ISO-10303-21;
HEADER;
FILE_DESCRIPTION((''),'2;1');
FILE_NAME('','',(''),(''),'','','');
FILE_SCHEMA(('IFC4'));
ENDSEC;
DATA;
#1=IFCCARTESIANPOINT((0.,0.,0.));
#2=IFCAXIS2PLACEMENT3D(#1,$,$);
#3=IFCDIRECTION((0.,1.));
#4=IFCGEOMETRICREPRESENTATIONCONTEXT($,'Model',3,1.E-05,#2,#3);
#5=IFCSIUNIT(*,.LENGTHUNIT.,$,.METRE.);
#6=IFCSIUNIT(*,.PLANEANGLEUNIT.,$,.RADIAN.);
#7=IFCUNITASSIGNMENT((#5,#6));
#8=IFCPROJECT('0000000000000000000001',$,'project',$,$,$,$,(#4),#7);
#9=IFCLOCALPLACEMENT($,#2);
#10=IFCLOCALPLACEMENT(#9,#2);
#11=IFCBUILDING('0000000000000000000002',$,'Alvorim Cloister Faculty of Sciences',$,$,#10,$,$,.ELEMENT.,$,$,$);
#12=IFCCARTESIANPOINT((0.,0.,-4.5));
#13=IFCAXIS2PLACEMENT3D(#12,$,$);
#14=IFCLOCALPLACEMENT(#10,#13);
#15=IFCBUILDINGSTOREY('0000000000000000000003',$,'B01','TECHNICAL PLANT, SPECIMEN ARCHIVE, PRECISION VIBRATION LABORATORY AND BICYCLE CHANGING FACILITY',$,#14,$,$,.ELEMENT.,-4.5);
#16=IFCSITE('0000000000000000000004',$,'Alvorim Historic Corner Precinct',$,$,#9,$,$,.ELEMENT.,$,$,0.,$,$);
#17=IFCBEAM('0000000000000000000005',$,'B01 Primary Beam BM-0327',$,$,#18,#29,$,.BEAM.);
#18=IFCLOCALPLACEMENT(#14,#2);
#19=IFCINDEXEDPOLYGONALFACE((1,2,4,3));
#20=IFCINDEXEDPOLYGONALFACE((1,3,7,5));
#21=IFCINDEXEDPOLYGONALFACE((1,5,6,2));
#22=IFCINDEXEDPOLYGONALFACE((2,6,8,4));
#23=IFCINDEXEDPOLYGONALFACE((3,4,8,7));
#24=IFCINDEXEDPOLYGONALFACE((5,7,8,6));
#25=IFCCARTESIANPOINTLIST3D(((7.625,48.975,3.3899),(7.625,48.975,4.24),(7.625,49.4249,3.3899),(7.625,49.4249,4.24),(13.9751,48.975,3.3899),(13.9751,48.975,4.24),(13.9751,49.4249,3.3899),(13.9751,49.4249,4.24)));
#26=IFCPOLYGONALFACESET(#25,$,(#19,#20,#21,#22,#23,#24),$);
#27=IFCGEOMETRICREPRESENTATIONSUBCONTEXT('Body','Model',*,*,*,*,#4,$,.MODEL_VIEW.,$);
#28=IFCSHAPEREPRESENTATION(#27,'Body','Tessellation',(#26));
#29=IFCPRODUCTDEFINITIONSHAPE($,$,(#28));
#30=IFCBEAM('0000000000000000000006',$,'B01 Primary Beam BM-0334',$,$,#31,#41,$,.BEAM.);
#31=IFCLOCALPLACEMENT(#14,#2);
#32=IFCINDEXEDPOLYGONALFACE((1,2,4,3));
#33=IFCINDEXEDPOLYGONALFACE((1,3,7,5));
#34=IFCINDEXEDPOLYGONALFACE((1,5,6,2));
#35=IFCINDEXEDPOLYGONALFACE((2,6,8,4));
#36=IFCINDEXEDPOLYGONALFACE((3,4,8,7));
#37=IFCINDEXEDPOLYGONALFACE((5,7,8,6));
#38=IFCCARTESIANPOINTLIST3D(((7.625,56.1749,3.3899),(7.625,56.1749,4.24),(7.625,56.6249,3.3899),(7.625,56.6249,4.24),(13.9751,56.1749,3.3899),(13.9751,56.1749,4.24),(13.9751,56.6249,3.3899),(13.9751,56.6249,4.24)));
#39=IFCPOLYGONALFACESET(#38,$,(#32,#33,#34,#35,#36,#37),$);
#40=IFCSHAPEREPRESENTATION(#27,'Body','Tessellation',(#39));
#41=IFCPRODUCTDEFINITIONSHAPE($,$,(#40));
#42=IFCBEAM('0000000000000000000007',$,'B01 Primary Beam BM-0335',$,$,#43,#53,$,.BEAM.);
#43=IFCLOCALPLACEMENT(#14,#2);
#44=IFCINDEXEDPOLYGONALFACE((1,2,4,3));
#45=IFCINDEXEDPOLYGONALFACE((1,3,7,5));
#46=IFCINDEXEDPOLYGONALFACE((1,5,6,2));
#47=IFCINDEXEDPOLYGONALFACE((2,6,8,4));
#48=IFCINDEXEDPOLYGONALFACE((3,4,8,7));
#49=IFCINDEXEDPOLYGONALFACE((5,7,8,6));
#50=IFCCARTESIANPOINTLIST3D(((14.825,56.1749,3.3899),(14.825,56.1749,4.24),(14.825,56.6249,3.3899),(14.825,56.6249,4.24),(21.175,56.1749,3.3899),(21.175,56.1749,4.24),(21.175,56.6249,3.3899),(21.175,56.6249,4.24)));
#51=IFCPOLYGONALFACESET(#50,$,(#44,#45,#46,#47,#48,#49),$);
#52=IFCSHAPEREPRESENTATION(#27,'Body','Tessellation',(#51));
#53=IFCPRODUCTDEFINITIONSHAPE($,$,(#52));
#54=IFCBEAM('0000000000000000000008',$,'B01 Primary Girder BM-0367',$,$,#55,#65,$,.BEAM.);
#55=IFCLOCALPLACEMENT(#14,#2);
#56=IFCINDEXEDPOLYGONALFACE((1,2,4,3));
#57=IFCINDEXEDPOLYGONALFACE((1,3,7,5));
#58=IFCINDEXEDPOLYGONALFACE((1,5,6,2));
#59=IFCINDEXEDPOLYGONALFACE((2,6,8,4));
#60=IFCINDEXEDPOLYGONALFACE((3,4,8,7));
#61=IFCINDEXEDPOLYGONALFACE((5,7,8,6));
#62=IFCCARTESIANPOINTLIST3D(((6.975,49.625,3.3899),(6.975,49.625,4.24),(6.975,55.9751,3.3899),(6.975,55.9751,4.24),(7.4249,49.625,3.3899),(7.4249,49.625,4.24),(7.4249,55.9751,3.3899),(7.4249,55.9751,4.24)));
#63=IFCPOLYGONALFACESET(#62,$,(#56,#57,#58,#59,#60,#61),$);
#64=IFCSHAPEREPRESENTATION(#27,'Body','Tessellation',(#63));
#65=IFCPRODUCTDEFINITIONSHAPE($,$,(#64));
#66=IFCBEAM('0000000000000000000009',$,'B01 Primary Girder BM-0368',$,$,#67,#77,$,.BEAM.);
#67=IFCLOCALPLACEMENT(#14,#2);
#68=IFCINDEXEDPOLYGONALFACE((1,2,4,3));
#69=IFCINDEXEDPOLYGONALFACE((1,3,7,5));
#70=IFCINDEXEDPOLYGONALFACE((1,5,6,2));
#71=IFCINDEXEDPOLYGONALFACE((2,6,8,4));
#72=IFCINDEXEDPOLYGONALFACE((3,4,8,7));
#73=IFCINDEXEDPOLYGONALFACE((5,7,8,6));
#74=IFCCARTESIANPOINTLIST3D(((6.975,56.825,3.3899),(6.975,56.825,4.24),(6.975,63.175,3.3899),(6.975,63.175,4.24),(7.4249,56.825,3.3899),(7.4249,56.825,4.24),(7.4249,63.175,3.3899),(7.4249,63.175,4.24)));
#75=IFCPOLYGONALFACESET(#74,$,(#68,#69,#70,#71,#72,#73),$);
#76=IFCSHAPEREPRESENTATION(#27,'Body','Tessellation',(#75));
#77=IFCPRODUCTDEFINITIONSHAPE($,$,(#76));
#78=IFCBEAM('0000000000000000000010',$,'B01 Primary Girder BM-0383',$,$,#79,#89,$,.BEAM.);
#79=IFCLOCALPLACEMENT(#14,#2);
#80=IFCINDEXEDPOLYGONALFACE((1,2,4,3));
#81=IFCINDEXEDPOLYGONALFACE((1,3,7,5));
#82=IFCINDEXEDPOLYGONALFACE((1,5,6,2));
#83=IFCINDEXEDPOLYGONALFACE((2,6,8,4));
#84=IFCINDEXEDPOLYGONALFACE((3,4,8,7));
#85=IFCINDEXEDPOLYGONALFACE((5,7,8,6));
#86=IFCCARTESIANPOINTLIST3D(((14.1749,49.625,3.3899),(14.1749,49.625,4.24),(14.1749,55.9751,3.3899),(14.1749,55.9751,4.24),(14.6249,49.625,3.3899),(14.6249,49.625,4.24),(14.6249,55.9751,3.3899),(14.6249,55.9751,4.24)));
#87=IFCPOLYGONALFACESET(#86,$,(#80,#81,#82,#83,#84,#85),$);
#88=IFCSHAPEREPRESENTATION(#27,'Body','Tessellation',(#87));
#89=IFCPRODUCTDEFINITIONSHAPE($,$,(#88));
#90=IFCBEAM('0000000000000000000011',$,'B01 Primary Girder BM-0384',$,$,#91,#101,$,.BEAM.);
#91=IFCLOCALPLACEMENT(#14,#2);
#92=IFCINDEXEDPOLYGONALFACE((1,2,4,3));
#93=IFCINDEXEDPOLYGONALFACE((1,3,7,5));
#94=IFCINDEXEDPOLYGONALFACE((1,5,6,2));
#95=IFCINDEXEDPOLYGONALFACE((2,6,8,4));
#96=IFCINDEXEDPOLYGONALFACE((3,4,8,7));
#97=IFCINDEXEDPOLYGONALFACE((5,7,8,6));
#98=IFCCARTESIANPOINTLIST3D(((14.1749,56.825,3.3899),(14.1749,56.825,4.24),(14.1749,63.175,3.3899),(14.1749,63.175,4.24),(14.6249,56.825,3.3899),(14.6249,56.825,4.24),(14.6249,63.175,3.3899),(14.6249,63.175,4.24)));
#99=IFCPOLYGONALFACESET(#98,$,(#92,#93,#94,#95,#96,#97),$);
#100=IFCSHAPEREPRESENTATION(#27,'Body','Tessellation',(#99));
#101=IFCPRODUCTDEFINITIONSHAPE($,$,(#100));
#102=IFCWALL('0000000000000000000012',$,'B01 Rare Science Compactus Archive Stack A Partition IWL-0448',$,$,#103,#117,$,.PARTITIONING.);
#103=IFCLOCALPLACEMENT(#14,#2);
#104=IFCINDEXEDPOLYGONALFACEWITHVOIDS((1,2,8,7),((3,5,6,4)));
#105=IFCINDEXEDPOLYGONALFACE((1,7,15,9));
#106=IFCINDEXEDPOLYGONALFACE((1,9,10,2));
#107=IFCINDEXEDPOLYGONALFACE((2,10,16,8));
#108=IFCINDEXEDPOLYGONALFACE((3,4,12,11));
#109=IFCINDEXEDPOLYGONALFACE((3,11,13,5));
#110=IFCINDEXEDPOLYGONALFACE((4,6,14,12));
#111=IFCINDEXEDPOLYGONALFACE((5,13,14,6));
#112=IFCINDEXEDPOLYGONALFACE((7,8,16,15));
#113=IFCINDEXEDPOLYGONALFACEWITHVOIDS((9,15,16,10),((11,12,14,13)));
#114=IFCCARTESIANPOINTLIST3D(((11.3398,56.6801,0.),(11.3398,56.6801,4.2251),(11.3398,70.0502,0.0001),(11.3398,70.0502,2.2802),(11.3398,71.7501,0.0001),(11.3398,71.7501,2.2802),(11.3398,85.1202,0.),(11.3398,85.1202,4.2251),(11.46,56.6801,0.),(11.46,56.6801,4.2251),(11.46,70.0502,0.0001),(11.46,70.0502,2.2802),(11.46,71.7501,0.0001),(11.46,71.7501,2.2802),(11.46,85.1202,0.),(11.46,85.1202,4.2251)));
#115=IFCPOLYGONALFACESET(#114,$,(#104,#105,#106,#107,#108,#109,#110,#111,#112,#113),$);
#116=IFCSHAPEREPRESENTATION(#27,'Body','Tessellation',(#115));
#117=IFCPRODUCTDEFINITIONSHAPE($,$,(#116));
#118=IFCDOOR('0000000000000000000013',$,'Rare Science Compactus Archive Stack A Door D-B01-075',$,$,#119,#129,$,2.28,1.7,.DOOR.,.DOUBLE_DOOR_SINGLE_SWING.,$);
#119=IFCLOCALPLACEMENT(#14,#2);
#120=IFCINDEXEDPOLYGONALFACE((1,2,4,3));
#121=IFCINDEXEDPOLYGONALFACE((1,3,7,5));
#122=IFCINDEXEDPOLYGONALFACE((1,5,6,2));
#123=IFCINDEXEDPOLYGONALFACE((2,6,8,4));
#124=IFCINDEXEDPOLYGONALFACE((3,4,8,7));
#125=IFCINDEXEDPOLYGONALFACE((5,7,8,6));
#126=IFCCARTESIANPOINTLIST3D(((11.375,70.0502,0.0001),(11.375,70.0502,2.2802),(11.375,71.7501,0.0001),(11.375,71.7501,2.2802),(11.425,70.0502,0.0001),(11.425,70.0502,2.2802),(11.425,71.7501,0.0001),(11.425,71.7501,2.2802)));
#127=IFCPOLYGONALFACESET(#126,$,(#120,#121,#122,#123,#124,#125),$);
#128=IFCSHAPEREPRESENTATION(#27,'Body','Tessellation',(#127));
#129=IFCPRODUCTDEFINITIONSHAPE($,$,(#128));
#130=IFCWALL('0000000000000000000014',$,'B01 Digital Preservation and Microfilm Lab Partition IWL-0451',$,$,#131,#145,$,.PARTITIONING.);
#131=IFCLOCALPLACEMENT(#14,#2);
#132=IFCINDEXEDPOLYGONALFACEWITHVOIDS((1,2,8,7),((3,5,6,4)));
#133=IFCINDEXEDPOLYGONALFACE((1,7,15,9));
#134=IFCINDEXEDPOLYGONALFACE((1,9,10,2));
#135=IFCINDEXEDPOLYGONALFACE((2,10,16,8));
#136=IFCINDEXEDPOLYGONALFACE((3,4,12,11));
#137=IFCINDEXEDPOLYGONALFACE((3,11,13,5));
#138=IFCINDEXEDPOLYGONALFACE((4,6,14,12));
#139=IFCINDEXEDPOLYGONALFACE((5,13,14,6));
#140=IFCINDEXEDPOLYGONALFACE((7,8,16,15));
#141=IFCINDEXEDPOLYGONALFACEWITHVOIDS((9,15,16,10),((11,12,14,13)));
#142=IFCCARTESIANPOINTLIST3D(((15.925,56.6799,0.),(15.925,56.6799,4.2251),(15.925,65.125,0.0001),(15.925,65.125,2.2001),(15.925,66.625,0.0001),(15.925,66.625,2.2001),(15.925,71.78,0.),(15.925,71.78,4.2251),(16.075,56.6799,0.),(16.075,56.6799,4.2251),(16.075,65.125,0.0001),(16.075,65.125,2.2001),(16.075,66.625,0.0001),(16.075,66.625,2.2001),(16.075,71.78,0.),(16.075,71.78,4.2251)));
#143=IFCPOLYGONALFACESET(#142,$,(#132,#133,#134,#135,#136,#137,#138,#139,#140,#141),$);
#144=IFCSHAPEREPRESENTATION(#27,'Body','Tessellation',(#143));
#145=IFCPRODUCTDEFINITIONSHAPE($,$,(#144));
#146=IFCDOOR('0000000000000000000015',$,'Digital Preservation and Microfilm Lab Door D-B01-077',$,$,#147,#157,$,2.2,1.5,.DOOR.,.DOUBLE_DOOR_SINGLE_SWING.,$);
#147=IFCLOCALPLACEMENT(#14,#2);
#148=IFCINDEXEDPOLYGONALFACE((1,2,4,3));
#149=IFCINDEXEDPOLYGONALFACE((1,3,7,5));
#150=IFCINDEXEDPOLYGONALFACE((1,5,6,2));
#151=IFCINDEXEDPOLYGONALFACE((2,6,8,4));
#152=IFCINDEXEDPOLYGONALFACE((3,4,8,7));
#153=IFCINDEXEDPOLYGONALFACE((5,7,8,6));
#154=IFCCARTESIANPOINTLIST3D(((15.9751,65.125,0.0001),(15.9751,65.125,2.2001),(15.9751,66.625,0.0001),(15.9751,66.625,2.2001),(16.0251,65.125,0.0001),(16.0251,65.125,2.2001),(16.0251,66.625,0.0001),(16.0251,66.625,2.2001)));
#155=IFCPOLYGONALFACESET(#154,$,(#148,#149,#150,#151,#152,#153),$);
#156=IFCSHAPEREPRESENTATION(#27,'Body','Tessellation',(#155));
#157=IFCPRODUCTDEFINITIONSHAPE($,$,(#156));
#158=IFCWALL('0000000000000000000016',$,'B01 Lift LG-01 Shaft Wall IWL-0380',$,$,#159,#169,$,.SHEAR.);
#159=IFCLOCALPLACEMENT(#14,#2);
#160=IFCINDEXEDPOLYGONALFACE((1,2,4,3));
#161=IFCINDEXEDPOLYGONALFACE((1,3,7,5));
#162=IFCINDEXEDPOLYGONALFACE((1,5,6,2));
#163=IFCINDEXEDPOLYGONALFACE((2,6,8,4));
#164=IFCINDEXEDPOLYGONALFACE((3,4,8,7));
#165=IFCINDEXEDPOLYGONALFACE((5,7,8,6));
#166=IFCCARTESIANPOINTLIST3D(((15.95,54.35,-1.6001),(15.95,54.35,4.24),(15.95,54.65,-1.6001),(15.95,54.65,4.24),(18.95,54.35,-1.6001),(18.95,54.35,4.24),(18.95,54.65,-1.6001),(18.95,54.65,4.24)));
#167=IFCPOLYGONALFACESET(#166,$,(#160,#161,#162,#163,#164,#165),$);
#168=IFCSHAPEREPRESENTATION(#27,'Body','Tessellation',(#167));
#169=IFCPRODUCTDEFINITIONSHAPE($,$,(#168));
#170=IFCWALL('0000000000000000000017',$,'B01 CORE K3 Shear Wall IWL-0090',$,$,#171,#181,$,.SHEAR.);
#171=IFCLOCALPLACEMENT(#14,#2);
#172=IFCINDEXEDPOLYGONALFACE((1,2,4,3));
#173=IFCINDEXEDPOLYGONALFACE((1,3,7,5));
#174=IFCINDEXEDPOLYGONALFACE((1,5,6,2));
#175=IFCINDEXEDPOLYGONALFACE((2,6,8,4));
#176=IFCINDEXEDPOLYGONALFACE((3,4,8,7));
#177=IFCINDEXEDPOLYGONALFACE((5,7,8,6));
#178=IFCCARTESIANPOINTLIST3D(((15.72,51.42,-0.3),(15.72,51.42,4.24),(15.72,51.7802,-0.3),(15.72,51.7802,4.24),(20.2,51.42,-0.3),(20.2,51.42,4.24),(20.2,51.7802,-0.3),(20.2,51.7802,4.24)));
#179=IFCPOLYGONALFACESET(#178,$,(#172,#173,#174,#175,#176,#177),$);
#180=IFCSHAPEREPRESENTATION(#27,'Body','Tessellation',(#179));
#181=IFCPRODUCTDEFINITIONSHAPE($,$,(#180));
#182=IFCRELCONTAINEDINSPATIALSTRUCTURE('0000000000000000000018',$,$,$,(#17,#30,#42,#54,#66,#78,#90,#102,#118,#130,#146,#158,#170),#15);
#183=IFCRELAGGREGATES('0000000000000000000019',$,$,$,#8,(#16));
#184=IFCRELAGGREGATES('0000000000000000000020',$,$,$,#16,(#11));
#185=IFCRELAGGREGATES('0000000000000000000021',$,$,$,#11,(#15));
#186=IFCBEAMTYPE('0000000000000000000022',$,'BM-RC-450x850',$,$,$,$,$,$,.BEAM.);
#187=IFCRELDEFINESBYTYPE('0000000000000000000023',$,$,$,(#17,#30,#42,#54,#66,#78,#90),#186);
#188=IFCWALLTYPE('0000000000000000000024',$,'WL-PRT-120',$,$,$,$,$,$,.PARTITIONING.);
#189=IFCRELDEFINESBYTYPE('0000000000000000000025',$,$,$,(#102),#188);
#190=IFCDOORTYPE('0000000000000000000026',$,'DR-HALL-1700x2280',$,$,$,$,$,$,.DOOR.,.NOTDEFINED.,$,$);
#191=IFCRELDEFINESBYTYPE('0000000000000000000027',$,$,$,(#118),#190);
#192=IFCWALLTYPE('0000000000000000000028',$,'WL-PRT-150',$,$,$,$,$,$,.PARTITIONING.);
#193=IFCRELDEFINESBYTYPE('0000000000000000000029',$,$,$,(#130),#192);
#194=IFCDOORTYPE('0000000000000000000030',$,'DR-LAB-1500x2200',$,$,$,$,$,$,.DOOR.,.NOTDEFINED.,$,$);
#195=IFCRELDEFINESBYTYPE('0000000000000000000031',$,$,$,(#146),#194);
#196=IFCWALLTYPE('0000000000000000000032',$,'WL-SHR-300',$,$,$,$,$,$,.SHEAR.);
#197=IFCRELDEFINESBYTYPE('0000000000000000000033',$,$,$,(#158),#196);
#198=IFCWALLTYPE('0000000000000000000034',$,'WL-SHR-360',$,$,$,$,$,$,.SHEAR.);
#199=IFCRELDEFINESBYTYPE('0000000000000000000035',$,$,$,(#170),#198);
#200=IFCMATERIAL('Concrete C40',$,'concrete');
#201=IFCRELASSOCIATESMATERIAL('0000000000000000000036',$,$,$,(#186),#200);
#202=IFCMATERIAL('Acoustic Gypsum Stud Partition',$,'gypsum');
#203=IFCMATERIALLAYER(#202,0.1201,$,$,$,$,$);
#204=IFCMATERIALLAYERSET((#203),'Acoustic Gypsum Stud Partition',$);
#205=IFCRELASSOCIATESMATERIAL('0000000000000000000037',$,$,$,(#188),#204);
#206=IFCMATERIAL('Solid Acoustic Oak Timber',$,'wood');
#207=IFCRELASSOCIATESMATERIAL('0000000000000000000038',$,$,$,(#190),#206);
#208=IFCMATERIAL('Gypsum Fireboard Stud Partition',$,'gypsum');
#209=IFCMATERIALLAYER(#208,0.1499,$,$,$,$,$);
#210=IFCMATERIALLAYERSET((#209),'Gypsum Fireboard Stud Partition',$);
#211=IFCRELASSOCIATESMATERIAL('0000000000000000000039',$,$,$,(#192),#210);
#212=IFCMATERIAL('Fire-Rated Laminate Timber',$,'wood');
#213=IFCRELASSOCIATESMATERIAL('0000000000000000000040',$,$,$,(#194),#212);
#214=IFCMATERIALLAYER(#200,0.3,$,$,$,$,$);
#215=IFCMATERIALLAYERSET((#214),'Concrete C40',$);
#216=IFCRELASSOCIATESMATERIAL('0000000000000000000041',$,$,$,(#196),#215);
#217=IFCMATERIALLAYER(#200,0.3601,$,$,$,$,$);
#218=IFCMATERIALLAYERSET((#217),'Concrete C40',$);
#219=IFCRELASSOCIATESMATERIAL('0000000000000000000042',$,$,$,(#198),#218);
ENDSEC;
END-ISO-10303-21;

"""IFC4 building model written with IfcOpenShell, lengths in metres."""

from ifc_helpers import new_model, si_unit, direction, frame, frame_2d, origin, origin_2d, place, context, subcontext, project, spatial, rectangle, extrude, material, layer, layer_set, material_profile, profile_set, type_object, element, fill, save


model = new_model("IFC4")

# Units and contexts
model_context = context("Model", 3, precision=1e-05, world=origin(), true_north=direction((0.0, 1.0)))
body_context = subcontext(model_context, "Body", "Model", "MODEL_VIEW")
ifc_project = project(units=[si_unit("LENGTHUNIT", "METRE"), si_unit("PLANEANGLEUNIT", "RADIAN")], contexts=[model_context])

# Site, building, storey
site_placement = place(None, origin())
site = spatial("IfcSite", under=ifc_project, at=site_placement, Name="Alvorim Historic Corner Precinct", CompositionType="ELEMENT", RefElevation=0.0)
building_placement = place(site_placement, origin())
building = spatial("IfcBuilding", under=site, at=building_placement, Name="Alvorim Cloister Faculty of Sciences", CompositionType="ELEMENT")
storey_placement = place(building_placement, frame((0.0, 0.0, -4.5)))
storey = spatial("IfcBuildingStorey", under=building, at=storey_placement, Name="B01", Description="TECHNICAL PLANT, SPECIMEN ARCHIVE, PRECISION VIBRATION LABORATORY AND BICYCLE CHANGING FACILITY", CompositionType="ELEMENT", Elevation=-4.5)

# Shared definitions
ifc_material_1 = material(Name="Concrete C40", Category="concrete")

# Beams
ifc_material_profile_1 = material_profile(ifc_material_1, rectangle(XDim=0.45, YDim=0.8501, at=origin_2d()), Name="RC40-BM-450x850")
ifc_profile_set_1 = profile_set([ifc_material_profile_1], Name="Concrete C40")
beam_type_1 = type_object("IfcBeamType", Name="BM-RC-450x850", PredefinedType="BEAM", material=ifc_profile_set_1)
for number, where, z_axis, x_axis, name in (
    (1, (7.625, 49.2, 3.8149), (1.0, 0.0, 0.0), (0.0, 1.0, 0.0), "B01 Primary Beam BM-0327"),
    (2, (7.625, 56.3999, 3.8149), (1.0, 0.0, 0.0), (0.0, 1.0, 0.0), "B01 Primary Beam BM-0334"),
    (3, (14.825, 56.3999, 3.8149), (1.0, 0.0, 0.0), (0.0, 1.0, 0.0), "B01 Primary Beam BM-0335"),
    (4, (7.2, 49.625, 3.8149), (0.0, 1.0, 0.0), (-1.0, 0.0, 0.0), "B01 Primary Girder BM-0367"),
    (5, (7.2, 56.825, 3.8149), (0.0, 1.0, 0.0), (-1.0, 0.0, 0.0), "B01 Primary Girder BM-0368"),
    (6, (14.3999, 49.625, 3.8149), (0.0, 1.0, 0.0), (-1.0, 0.0, 0.0), "B01 Primary Girder BM-0383"),
    (7, (14.3999, 56.825, 3.8149), (0.0, 1.0, 0.0), (-1.0, 0.0, 0.0), "B01 Primary Girder BM-0384"),
):
    element("IfcBeam", number, at=place(storey_placement, frame(where, z_axis=z_axis, x_axis=x_axis)), inside=storey, type_object=beam_type_1, Name=name, PredefinedType="BEAM", context=body_context, shape_type="SweptSolid", body=[
        extrude(rectangle(XDim=0.45, YDim=0.8501, at=origin_2d()), origin(), (0.0, 0.0, 1.0), 6.3501),
    ])

# Walls, openings, doors
ifc_material_2 = material(Name="Acoustic Gypsum Stud Partition", Category="gypsum")
ifc_layer_1 = layer(ifc_material_2, 0.1201)
ifc_layer_set_1 = layer_set([ifc_layer_1], Name="Acoustic Gypsum Stud Partition")
wall_type_1 = type_object("IfcWallType", Name="WL-PRT-120", PredefinedType="PARTITIONING", material=ifc_layer_set_1)
wall_1_placement = place(storey_placement, frame((11.3999, 56.6799, 0.0), z_axis=(0.0, 0.0, 1.0), x_axis=(0.0, 1.0, 0.0)))
wall_1 = element("IfcWall", 8, at=wall_1_placement, inside=storey, type_object=wall_type_1, Name="B01 Rare Science Compactus Archive Stack A Partition IWL-0448", PredefinedType="PARTITIONING", context=body_context, shape_type="SweptSolid", body=[
    extrude(rectangle(XDim=28.4402, YDim=0.1201, at=frame_2d((14.2202, 0.0))), origin(), (0.0, 0.0, 1.0), 4.2251),
])
opening_1_placement = place(wall_1_placement, frame((13.3701, 0.0, 0.0)))
opening_1 = element("IfcOpeningElement", 9, at=opening_1_placement, cuts=wall_1, PredefinedType="OPENING", context=body_context, shape_type="SweptSolid", body=[
    extrude(rectangle(XDim=1.7, YDim=2.28, at=frame_2d((0.8501, 1.1401))), frame((0.0, 0.072, 0.0), z_axis=(0.0, -1.0, 0.0), x_axis=(1.0, 0.0, 0.0)), (0.0, 0.0, 1.0), 0.144),
])
ifc_material_3 = material(Name="Solid Acoustic Oak Timber", Category="wood")
door_type_1 = type_object("IfcDoorType", Name="DR-HALL-1700x2280", OperationType="NOTDEFINED", PredefinedType="DOOR", material=ifc_material_3)
door_1_placement = place(opening_1_placement, origin())
door_1 = element("IfcDoor", 10, at=door_1_placement, inside=storey, type_object=door_type_1, Name="Rare Science Compactus Archive Stack A Door D-B01-075", OperationType="DOUBLE_DOOR_SINGLE_SWING", OverallHeight=2.28, OverallWidth=1.7, PredefinedType="DOOR", context=body_context, shape_type="SweptSolid", body=[
    extrude(rectangle(XDim=1.7, YDim=2.28, at=frame_2d((0.8501, 1.1401))), frame((0.0, 0.0249, 0.0), z_axis=(0.0, -1.0, 0.0), x_axis=(1.0, 0.0, 0.0)), (0.0, 0.0, 1.0), 0.05),
])
fill(opening_1, door_1)
ifc_material_4 = material(Name="Gypsum Fireboard Stud Partition", Category="gypsum")
ifc_layer_2 = layer(ifc_material_4, 0.1499)
ifc_layer_set_2 = layer_set([ifc_layer_2], Name="Gypsum Fireboard Stud Partition")
wall_type_2 = type_object("IfcWallType", Name="WL-PRT-150", PredefinedType="PARTITIONING", material=ifc_layer_set_2)
wall_2_placement = place(storey_placement, frame((16.0, 56.6799, 0.0), z_axis=(0.0, 0.0, 1.0), x_axis=(0.0, 1.0, 0.0)))
wall_2 = element("IfcWall", 11, at=wall_2_placement, inside=storey, type_object=wall_type_2, Name="B01 Digital Preservation and Microfilm Lab Partition IWL-0451", PredefinedType="PARTITIONING", context=body_context, shape_type="SweptSolid", body=[
    extrude(rectangle(XDim=15.1001, YDim=0.1499, at=frame_2d((7.55, 0.0))), origin(), (0.0, 0.0, 1.0), 4.2251),
])
opening_2_placement = place(wall_2_placement, frame((8.4451, 0.0, 0.0)))
opening_2 = element("IfcOpeningElement", 12, at=opening_2_placement, cuts=wall_2, PredefinedType="OPENING", context=body_context, shape_type="SweptSolid", body=[
    extrude(rectangle(XDim=1.5, YDim=2.2, at=frame_2d((0.75, 1.1001))), frame((0.0, 0.0869, 0.0), z_axis=(0.0, -1.0, 0.0), x_axis=(1.0, 0.0, 0.0)), (0.0, 0.0, 1.0), 0.1738),
])
ifc_material_5 = material(Name="Fire-Rated Laminate Timber", Category="wood")
door_type_2 = type_object("IfcDoorType", Name="DR-LAB-1500x2200", OperationType="NOTDEFINED", PredefinedType="DOOR", material=ifc_material_5)
door_2_placement = place(opening_2_placement, origin())
door_2 = element("IfcDoor", 13, at=door_2_placement, inside=storey, type_object=door_type_2, Name="Digital Preservation and Microfilm Lab Door D-B01-077", OperationType="DOUBLE_DOOR_SINGLE_SWING", OverallHeight=2.2, OverallWidth=1.5, PredefinedType="DOOR", context=body_context, shape_type="SweptSolid", body=[
    extrude(rectangle(XDim=1.5, YDim=2.2, at=frame_2d((0.75, 1.1001))), frame((0.0, 0.0249, 0.0), z_axis=(0.0, -1.0, 0.0), x_axis=(1.0, 0.0, 0.0)), (0.0, 0.0, 1.0), 0.05),
])
fill(opening_2, door_2)

# Walls
ifc_layer_3 = layer(ifc_material_1, 0.3)
ifc_layer_set_3 = layer_set([ifc_layer_3], Name="Concrete C40")
wall_type_3 = type_object("IfcWallType", Name="WL-SHR-300", PredefinedType="SHEAR", material=ifc_layer_set_3)
wall_3_placement = place(storey_placement, frame((15.95, 54.5, -1.6001), z_axis=(0.0, 0.0, 1.0), x_axis=(1.0, 0.0, 0.0)))
element("IfcWall", 14, at=wall_3_placement, inside=storey, type_object=wall_type_3, Name="B01 Lift LG-01 Shaft Wall IWL-0380", PredefinedType="SHEAR", context=body_context, shape_type="SweptSolid", body=[
    extrude(rectangle(XDim=3.0, YDim=0.3, at=frame_2d((1.5, 0.0))), origin(), (0.0, 0.0, 1.0), 5.8401),
])
ifc_layer_4 = layer(ifc_material_1, 0.3601)
ifc_layer_set_4 = layer_set([ifc_layer_4], Name="Concrete C40")
wall_type_4 = type_object("IfcWallType", Name="WL-SHR-360", PredefinedType="SHEAR", material=ifc_layer_set_4)
wall_4_placement = place(storey_placement, frame((15.72, 51.6001, -0.3), z_axis=(0.0, 0.0, 1.0), x_axis=(1.0, 0.0, 0.0)))
element("IfcWall", 15, at=wall_4_placement, inside=storey, type_object=wall_type_4, Name="B01 CORE K3 Shear Wall IWL-0090", PredefinedType="SHEAR", context=body_context, shape_type="SweptSolid", body=[
    extrude(rectangle(XDim=4.48, YDim=0.3601, at=frame_2d((2.24, 0.0))), origin(), (0.0, 0.0, 1.0), 4.54),
])

save(model, "model.ifc")
